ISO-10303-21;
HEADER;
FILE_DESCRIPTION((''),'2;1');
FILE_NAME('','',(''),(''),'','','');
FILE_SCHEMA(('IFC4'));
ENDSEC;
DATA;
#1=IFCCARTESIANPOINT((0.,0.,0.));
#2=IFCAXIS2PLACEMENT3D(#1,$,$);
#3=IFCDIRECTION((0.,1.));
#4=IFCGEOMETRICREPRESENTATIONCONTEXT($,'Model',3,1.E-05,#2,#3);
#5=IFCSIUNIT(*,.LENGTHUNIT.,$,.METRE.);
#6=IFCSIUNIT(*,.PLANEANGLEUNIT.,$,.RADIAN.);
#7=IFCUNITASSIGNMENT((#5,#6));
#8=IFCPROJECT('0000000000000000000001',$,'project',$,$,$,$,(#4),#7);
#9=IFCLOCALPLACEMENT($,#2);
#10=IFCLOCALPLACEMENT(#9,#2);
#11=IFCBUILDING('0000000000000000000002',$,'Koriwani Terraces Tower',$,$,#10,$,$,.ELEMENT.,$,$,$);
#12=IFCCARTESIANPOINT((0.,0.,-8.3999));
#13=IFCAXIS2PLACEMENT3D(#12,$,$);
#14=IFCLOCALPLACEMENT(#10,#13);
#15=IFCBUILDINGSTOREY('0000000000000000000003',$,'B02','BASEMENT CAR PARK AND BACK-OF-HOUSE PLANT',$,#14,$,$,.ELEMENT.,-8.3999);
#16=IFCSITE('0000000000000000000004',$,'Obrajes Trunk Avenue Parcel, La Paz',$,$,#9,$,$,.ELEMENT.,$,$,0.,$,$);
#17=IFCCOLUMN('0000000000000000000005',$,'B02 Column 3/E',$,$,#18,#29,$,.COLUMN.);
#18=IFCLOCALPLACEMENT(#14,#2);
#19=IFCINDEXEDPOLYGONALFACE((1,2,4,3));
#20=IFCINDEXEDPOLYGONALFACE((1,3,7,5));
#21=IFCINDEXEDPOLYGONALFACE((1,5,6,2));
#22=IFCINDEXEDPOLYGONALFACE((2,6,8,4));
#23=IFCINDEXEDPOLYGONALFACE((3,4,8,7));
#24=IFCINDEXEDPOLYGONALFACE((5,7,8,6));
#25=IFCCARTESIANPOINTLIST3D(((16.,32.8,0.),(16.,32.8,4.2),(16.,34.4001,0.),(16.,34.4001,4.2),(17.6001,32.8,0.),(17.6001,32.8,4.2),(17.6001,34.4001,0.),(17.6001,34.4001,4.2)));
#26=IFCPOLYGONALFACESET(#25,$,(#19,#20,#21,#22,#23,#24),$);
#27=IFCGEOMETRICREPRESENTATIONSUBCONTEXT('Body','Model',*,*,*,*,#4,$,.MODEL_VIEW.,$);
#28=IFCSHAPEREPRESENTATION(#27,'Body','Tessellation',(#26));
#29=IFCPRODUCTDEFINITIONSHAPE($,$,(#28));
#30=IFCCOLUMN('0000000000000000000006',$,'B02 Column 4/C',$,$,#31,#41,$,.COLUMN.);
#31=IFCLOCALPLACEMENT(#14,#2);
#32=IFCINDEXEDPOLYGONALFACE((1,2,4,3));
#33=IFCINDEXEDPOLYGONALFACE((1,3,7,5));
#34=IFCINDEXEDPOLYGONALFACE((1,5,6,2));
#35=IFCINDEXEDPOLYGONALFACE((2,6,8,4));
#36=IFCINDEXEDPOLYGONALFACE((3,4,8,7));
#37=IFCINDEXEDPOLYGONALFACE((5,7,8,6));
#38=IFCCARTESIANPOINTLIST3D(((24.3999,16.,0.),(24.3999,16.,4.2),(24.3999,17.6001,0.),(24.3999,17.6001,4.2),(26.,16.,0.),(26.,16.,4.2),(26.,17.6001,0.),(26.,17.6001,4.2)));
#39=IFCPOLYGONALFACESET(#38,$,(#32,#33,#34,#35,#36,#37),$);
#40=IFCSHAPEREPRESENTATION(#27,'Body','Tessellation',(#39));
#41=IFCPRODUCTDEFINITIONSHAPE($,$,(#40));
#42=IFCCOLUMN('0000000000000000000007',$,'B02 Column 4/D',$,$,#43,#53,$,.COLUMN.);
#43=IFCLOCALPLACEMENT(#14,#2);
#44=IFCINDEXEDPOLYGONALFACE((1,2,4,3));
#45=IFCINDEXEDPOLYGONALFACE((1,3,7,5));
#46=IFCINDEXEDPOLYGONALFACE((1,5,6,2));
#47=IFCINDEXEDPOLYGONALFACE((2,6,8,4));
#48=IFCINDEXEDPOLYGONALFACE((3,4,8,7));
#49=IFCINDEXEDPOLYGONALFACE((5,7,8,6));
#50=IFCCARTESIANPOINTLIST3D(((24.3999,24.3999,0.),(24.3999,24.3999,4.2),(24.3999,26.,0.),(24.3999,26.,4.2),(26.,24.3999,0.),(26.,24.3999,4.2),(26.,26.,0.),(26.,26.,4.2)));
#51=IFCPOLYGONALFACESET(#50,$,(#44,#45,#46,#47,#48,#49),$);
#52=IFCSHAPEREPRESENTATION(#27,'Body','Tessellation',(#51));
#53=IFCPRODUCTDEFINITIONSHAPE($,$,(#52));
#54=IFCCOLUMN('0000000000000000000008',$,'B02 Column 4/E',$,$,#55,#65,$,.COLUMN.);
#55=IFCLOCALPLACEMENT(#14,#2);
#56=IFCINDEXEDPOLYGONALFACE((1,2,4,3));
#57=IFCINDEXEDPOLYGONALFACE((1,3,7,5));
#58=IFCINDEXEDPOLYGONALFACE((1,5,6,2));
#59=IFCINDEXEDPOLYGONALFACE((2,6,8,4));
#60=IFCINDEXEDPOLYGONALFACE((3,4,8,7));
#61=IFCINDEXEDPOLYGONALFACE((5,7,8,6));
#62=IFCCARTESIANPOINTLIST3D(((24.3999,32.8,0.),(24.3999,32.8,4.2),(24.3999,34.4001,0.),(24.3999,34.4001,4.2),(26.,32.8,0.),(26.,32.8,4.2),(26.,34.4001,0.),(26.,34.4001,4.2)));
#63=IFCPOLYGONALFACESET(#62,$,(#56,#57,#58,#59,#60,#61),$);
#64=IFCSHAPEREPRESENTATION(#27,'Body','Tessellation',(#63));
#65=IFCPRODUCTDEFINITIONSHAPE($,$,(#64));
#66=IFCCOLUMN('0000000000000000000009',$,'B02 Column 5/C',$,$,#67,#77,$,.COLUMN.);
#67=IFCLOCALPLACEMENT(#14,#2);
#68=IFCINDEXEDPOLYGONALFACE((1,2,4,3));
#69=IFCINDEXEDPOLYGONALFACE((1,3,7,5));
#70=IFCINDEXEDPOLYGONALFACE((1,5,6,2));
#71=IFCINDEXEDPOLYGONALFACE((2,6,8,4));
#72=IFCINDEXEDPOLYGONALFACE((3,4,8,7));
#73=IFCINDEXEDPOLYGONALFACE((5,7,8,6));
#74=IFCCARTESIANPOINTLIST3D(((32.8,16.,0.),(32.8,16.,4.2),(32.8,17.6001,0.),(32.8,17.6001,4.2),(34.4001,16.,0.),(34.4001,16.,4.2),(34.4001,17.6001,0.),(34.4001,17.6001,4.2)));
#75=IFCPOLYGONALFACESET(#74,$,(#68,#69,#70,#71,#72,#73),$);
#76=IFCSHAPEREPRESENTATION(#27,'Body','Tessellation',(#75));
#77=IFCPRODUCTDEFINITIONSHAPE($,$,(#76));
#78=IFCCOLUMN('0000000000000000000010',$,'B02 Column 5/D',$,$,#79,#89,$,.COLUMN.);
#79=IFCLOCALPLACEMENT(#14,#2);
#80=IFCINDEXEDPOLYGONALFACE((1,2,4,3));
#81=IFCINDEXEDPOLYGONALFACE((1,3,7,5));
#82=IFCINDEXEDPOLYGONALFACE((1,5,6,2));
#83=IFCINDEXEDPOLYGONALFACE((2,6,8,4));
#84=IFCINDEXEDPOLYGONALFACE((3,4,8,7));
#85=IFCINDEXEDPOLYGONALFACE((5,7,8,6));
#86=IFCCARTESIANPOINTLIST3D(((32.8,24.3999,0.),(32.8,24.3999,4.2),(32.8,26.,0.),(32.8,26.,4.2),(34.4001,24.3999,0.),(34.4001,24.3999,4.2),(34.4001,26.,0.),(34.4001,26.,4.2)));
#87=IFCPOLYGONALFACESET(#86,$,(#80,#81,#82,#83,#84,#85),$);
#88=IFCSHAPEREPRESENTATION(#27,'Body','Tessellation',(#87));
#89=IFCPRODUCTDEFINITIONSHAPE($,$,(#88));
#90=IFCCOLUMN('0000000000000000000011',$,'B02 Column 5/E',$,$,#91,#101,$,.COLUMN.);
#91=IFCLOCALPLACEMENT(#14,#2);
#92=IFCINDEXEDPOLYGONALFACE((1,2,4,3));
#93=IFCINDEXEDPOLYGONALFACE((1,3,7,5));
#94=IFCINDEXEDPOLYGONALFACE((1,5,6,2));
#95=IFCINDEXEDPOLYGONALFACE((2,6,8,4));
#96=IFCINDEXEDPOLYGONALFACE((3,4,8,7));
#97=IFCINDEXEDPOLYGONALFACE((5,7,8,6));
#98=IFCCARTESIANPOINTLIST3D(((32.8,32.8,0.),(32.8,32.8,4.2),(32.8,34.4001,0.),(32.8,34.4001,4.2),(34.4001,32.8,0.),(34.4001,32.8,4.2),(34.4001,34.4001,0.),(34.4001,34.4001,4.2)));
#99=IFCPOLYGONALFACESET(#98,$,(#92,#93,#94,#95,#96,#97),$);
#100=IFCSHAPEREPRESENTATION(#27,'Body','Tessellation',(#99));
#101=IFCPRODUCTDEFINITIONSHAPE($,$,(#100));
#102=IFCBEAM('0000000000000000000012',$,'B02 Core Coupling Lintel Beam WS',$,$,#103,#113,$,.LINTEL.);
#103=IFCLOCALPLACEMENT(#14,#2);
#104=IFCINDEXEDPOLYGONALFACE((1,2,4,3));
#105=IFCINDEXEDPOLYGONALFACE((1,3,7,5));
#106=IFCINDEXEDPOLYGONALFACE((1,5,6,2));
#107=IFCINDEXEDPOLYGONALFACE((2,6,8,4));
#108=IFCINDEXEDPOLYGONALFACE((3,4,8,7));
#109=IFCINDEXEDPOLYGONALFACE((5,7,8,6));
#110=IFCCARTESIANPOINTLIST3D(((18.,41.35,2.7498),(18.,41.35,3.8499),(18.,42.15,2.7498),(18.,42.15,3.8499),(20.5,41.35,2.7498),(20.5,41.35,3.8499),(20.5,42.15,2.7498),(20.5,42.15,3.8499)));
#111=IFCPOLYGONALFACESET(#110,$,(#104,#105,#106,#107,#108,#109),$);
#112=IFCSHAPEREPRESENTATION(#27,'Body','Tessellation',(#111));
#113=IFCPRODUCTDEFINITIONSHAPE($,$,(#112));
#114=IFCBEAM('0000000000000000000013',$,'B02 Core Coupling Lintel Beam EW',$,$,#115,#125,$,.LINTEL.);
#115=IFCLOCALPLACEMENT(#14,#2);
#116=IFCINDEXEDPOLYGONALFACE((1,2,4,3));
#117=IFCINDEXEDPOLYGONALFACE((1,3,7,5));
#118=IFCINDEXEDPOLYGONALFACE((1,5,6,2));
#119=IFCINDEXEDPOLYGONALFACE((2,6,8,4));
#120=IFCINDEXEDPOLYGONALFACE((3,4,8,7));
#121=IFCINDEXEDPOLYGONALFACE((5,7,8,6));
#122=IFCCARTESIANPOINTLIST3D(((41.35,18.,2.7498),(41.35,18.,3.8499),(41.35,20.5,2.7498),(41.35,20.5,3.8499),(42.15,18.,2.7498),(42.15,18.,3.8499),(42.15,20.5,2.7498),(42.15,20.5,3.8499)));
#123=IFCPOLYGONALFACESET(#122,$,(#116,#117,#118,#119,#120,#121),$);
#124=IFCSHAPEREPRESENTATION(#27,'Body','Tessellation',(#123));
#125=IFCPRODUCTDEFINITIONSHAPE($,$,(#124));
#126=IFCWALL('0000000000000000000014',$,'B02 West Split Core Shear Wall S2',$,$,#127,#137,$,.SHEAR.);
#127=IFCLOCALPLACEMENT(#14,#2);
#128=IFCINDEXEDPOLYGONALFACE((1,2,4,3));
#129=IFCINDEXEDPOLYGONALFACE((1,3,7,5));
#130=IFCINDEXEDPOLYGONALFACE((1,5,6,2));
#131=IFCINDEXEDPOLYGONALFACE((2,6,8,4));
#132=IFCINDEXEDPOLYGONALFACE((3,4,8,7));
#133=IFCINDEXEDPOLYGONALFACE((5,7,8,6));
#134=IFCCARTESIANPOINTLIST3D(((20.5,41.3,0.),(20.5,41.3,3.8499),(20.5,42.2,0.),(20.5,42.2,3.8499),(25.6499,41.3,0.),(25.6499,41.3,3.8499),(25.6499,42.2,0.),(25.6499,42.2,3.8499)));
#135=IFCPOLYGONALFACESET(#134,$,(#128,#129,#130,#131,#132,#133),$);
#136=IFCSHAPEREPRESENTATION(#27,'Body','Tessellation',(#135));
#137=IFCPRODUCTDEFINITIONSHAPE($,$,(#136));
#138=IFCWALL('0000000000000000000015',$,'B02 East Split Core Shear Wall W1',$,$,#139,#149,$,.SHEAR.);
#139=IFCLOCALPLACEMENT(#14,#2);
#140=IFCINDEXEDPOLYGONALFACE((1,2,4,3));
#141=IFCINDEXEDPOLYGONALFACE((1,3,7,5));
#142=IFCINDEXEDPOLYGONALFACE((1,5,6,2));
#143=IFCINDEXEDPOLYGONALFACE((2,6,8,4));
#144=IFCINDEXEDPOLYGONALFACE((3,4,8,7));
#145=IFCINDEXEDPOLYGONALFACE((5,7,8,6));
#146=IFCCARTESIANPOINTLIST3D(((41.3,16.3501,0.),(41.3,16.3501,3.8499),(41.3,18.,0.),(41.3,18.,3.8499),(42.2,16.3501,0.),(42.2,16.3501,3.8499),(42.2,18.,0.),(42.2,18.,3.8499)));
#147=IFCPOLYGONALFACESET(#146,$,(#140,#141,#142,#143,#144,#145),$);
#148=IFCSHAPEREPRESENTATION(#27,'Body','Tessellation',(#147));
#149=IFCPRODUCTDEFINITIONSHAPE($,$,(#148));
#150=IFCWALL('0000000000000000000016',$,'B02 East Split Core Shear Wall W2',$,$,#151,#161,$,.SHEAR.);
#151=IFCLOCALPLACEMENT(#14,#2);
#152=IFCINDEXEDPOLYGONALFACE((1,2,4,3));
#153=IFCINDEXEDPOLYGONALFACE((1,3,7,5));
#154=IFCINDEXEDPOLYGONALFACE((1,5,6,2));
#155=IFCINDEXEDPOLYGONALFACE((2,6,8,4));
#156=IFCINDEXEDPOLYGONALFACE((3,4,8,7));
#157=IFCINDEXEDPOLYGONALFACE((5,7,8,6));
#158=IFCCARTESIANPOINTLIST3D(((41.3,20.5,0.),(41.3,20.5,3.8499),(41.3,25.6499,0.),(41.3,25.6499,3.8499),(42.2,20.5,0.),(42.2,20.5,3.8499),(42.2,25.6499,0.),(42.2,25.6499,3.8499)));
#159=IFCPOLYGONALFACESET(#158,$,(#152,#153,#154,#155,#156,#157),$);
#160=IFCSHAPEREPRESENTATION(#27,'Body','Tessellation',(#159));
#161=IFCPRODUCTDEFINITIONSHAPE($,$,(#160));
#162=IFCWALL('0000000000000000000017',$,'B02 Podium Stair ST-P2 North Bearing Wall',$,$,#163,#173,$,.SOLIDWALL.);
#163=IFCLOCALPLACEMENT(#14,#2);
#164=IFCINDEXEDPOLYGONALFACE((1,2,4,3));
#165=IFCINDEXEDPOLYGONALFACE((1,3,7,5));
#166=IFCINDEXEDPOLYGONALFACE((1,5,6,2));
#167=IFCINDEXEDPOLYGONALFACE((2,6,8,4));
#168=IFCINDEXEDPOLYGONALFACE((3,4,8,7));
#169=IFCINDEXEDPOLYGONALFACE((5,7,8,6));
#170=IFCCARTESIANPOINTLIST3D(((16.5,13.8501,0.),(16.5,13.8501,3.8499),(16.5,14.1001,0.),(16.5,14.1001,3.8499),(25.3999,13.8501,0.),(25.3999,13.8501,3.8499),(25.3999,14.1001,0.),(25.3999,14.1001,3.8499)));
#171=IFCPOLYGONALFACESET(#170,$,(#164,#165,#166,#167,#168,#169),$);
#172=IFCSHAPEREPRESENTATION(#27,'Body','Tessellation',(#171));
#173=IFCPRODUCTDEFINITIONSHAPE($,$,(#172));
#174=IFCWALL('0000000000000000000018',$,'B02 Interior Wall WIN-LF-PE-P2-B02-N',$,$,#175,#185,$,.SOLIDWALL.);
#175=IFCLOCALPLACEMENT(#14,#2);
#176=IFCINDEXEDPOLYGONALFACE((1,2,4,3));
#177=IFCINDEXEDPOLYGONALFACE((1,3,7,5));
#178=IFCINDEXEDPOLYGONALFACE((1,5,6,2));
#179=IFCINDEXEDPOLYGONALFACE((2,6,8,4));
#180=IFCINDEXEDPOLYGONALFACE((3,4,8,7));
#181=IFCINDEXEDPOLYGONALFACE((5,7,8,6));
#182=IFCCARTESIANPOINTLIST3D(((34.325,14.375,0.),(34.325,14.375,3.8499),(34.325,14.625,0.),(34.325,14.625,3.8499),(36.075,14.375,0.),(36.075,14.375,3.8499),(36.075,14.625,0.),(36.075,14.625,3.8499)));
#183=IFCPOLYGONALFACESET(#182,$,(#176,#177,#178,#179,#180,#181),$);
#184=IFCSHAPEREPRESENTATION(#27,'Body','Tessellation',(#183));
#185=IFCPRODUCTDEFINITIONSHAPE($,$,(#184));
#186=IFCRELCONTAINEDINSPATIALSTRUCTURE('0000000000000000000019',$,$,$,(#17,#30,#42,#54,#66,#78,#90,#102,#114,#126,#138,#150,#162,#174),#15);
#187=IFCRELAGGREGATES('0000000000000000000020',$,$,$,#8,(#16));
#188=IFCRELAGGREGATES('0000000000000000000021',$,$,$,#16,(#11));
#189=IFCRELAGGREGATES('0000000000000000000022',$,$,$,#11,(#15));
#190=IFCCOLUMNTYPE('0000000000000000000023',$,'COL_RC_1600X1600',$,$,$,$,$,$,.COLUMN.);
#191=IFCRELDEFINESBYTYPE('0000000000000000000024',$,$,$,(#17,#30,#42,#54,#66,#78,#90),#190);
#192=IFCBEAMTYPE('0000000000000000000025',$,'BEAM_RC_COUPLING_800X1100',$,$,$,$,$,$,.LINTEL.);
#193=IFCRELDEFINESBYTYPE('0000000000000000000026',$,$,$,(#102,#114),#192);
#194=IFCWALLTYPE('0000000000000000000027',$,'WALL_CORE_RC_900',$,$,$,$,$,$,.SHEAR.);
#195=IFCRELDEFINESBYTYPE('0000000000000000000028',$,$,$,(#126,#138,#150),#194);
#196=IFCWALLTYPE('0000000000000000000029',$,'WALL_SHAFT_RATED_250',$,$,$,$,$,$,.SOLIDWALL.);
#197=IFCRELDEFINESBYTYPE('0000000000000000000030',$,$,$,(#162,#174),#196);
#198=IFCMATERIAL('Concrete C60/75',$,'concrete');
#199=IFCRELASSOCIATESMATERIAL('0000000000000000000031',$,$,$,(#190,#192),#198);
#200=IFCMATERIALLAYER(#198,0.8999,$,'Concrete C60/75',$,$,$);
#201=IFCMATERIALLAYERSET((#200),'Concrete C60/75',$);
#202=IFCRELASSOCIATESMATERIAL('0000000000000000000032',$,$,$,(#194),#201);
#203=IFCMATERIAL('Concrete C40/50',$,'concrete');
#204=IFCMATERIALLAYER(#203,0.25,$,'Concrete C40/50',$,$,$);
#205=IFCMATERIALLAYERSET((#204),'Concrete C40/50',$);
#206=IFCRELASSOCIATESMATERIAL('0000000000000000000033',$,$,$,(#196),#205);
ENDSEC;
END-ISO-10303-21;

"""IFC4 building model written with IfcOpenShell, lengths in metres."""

from ifc_helpers import new_model, si_unit, direction, frame, frame_2d, origin, origin_2d, place, context, subcontext, project, spatial, rectangle, extrude, material, layer, layer_set, material_profile, profile_set, type_object, element, save


model = new_model("IFC4")

# Units and contexts
model_context = context("Model", 3, precision=1e-05, world=origin(), true_north=direction((0.0, 1.0)))
body_context = subcontext(model_context, "Body", "Model", "MODEL_VIEW")
ifc_project = project(units=[si_unit("LENGTHUNIT", "METRE"), si_unit("PLANEANGLEUNIT", "RADIAN")], contexts=[model_context])

# Site, building, storey
site_placement = place(None, origin())
site = spatial("IfcSite", under=ifc_project, at=site_placement, Name="Obrajes Trunk Avenue Parcel, La Paz", CompositionType="ELEMENT", RefElevation=0.0)
building_placement = place(site_placement, origin())
building = spatial("IfcBuilding", under=site, at=building_placement, Name="Koriwani Terraces Tower", CompositionType="ELEMENT")
storey_placement = place(building_placement, frame((0.0, 0.0, -8.3999)))
storey = spatial("IfcBuildingStorey", under=building, at=storey_placement, Name="B02", Description="BASEMENT CAR PARK AND BACK-OF-HOUSE PLANT", CompositionType="ELEMENT", Elevation=-8.3999)

# Shared definitions
ifc_material_1 = material(Name="Concrete C40/50", Category="concrete")

# Columns
ifc_material_2 = material(Name="Concrete C60/75", Category="concrete")
ifc_material_profile_1 = material_profile(ifc_material_2, rectangle(XDim=1.6001, YDim=1.6001, at=origin_2d()), Name="Concrete C60/75", Category="LoadBearing")
ifc_profile_set_1 = profile_set([ifc_material_profile_1], Name="Concrete C60/75")
column_type = type_object("IfcColumnType", Name="COL_RC_1600X1600", PredefinedType="COLUMN", material=ifc_profile_set_1)
for number, where, z_axis, x_axis, name in (
    (1, (16.8, 33.6001, 0.0), (0.0, 0.0, 1.0), (1.0, 0.0, 0.0), "B02 Column 3/E"),
    (2, (25.2, 16.8, 0.0), (0.0, 0.0, 1.0), (1.0, 0.0, 0.0), "B02 Column 4/C"),
    (3, (25.2, 25.2, 0.0), (0.0, 0.0, 1.0), (1.0, 0.0, 0.0), "B02 Column 4/D"),
    (4, (25.2, 33.6001, 0.0), (0.0, 0.0, 1.0), (1.0, 0.0, 0.0), "B02 Column 4/E"),
    (5, (33.6001, 16.8, 0.0), (0.0, 0.0, 1.0), (1.0, 0.0, 0.0), "B02 Column 5/C"),
    (6, (33.6001, 25.2, 0.0), (0.0, 0.0, 1.0), (1.0, 0.0, 0.0), "B02 Column 5/D"),
    (7, (33.6001, 33.6001, 0.0), (0.0, 0.0, 1.0), (1.0, 0.0, 0.0), "B02 Column 5/E"),
):
    element("IfcColumn", number, at=place(storey_placement, frame(where, z_axis=z_axis, x_axis=x_axis)), inside=storey, type_object=column_type, Name=name, PredefinedType="COLUMN", context=body_context, shape_type="SweptSolid", body=[
        extrude(rectangle(XDim=1.6001, YDim=1.6001, at=origin_2d()), origin(), (0.0, 0.0, 1.0), 4.2),
    ])

# Beams
ifc_material_profile_2 = material_profile(ifc_material_2, rectangle(XDim=0.8, YDim=1.1001, at=origin_2d()), Name="Concrete C60/75", Category="LoadBearing")
ifc_profile_set_2 = profile_set([ifc_material_profile_2], Name="Concrete C60/75")
beam_type = type_object("IfcBeamType", Name="BEAM_RC_COUPLING_800X1100", PredefinedType="LINTEL", material=ifc_profile_set_2)
for number, where, z_axis, x_axis, name in (
    (8, (18.0, 41.75, 3.2998), (1.0, 0.0, 0.0), (0.0, 1.0, 0.0), "B02 Core Coupling Lintel Beam WS"),
    (9, (41.75, 18.0, 3.2998), (0.0, 1.0, 0.0), (-1.0, 0.0, 0.0), "B02 Core Coupling Lintel Beam EW"),
):
    element("IfcBeam", number, at=place(storey_placement, frame(where, z_axis=z_axis, x_axis=x_axis)), inside=storey, type_object=beam_type, Name=name, PredefinedType="LINTEL", context=body_context, shape_type="SweptSolid", body=[
        extrude(rectangle(XDim=0.8, YDim=1.1001, at=origin_2d()), origin(), (0.0, 0.0, 1.0), 2.5),
    ])

# Walls
ifc_layer_1 = layer(ifc_material_2, 0.8999, Name="Concrete C60/75")
ifc_layer_set_1 = layer_set([ifc_layer_1], Name="Concrete C60/75")
wall_type_1 = type_object("IfcWallType", Name="WALL_CORE_RC_900", PredefinedType="SHEAR", material=ifc_layer_set_1)
wall_1_placement = place(storey_placement, frame((20.5, 41.75, 0.0), z_axis=(0.0, 0.0, 1.0), x_axis=(1.0, 0.0, 0.0)))
element("IfcWall", 10, at=wall_1_placement, inside=storey, type_object=wall_type_1, Name="B02 West Split Core Shear Wall S2", PredefinedType="SHEAR", context=body_context, shape_type="SweptSolid", body=[
    extrude(rectangle(XDim=5.1499, YDim=0.8999, at=frame_2d((2.575, 0.0))), origin(), (0.0, 0.0, 1.0), 3.8499),
])
wall_2_placement = place(storey_placement, frame((41.75, 16.3501, 0.0), z_axis=(0.0, 0.0, 1.0), x_axis=(0.0, 1.0, 0.0)))
element("IfcWall", 11, at=wall_2_placement, inside=storey, type_object=wall_type_1, Name="B02 East Split Core Shear Wall W1", PredefinedType="SHEAR", context=body_context, shape_type="SweptSolid", body=[
    extrude(rectangle(XDim=1.6499, YDim=0.8999, at=frame_2d((0.825, 0.0))), origin(), (0.0, 0.0, 1.0), 3.8499),
])
wall_3_placement = place(storey_placement, frame((41.75, 20.5, 0.0), z_axis=(0.0, 0.0, 1.0), x_axis=(0.0, 1.0, 0.0)))
element("IfcWall", 12, at=wall_3_placement, inside=storey, type_object=wall_type_1, Name="B02 East Split Core Shear Wall W2", PredefinedType="SHEAR", context=body_context, shape_type="SweptSolid", body=[
    extrude(rectangle(XDim=5.1499, YDim=0.8999, at=frame_2d((2.575, 0.0))), origin(), (0.0, 0.0, 1.0), 3.8499),
])
ifc_layer_2 = layer(ifc_material_1, 0.25, Name="Concrete C40/50")
ifc_layer_set_2 = layer_set([ifc_layer_2], Name="Concrete C40/50")
wall_type_2 = type_object("IfcWallType", Name="WALL_SHAFT_RATED_250", PredefinedType="SOLIDWALL", material=ifc_layer_set_2)
wall_4_placement = place(storey_placement, frame((16.5, 13.9751, 0.0), z_axis=(0.0, 0.0, 1.0), x_axis=(1.0, 0.0, 0.0)))
element("IfcWall", 13, at=wall_4_placement, inside=storey, type_object=wall_type_2, Name="B02 Podium Stair ST-P2 North Bearing Wall", PredefinedType="SOLIDWALL", context=body_context, shape_type="SweptSolid", body=[
    extrude(rectangle(XDim=8.8999, YDim=0.25, at=frame_2d((4.45, 0.0))), origin(), (0.0, 0.0, 1.0), 3.8499),
])
wall_5_placement = place(storey_placement, frame((34.325, 14.5, 0.0), z_axis=(0.0, 0.0, 1.0), x_axis=(1.0, 0.0, 0.0)))
element("IfcWall", 14, at=wall_5_placement, inside=storey, type_object=wall_type_2, Name="B02 Interior Wall WIN-LF-PE-P2-B02-N", PredefinedType="SOLIDWALL", context=body_context, shape_type="SweptSolid", body=[
    extrude(rectangle(XDim=1.75, YDim=0.25, at=frame_2d((0.875, 0.0))), origin(), (0.0, 0.0, 1.0), 3.8499),
])

save(model, "model.ifc")
